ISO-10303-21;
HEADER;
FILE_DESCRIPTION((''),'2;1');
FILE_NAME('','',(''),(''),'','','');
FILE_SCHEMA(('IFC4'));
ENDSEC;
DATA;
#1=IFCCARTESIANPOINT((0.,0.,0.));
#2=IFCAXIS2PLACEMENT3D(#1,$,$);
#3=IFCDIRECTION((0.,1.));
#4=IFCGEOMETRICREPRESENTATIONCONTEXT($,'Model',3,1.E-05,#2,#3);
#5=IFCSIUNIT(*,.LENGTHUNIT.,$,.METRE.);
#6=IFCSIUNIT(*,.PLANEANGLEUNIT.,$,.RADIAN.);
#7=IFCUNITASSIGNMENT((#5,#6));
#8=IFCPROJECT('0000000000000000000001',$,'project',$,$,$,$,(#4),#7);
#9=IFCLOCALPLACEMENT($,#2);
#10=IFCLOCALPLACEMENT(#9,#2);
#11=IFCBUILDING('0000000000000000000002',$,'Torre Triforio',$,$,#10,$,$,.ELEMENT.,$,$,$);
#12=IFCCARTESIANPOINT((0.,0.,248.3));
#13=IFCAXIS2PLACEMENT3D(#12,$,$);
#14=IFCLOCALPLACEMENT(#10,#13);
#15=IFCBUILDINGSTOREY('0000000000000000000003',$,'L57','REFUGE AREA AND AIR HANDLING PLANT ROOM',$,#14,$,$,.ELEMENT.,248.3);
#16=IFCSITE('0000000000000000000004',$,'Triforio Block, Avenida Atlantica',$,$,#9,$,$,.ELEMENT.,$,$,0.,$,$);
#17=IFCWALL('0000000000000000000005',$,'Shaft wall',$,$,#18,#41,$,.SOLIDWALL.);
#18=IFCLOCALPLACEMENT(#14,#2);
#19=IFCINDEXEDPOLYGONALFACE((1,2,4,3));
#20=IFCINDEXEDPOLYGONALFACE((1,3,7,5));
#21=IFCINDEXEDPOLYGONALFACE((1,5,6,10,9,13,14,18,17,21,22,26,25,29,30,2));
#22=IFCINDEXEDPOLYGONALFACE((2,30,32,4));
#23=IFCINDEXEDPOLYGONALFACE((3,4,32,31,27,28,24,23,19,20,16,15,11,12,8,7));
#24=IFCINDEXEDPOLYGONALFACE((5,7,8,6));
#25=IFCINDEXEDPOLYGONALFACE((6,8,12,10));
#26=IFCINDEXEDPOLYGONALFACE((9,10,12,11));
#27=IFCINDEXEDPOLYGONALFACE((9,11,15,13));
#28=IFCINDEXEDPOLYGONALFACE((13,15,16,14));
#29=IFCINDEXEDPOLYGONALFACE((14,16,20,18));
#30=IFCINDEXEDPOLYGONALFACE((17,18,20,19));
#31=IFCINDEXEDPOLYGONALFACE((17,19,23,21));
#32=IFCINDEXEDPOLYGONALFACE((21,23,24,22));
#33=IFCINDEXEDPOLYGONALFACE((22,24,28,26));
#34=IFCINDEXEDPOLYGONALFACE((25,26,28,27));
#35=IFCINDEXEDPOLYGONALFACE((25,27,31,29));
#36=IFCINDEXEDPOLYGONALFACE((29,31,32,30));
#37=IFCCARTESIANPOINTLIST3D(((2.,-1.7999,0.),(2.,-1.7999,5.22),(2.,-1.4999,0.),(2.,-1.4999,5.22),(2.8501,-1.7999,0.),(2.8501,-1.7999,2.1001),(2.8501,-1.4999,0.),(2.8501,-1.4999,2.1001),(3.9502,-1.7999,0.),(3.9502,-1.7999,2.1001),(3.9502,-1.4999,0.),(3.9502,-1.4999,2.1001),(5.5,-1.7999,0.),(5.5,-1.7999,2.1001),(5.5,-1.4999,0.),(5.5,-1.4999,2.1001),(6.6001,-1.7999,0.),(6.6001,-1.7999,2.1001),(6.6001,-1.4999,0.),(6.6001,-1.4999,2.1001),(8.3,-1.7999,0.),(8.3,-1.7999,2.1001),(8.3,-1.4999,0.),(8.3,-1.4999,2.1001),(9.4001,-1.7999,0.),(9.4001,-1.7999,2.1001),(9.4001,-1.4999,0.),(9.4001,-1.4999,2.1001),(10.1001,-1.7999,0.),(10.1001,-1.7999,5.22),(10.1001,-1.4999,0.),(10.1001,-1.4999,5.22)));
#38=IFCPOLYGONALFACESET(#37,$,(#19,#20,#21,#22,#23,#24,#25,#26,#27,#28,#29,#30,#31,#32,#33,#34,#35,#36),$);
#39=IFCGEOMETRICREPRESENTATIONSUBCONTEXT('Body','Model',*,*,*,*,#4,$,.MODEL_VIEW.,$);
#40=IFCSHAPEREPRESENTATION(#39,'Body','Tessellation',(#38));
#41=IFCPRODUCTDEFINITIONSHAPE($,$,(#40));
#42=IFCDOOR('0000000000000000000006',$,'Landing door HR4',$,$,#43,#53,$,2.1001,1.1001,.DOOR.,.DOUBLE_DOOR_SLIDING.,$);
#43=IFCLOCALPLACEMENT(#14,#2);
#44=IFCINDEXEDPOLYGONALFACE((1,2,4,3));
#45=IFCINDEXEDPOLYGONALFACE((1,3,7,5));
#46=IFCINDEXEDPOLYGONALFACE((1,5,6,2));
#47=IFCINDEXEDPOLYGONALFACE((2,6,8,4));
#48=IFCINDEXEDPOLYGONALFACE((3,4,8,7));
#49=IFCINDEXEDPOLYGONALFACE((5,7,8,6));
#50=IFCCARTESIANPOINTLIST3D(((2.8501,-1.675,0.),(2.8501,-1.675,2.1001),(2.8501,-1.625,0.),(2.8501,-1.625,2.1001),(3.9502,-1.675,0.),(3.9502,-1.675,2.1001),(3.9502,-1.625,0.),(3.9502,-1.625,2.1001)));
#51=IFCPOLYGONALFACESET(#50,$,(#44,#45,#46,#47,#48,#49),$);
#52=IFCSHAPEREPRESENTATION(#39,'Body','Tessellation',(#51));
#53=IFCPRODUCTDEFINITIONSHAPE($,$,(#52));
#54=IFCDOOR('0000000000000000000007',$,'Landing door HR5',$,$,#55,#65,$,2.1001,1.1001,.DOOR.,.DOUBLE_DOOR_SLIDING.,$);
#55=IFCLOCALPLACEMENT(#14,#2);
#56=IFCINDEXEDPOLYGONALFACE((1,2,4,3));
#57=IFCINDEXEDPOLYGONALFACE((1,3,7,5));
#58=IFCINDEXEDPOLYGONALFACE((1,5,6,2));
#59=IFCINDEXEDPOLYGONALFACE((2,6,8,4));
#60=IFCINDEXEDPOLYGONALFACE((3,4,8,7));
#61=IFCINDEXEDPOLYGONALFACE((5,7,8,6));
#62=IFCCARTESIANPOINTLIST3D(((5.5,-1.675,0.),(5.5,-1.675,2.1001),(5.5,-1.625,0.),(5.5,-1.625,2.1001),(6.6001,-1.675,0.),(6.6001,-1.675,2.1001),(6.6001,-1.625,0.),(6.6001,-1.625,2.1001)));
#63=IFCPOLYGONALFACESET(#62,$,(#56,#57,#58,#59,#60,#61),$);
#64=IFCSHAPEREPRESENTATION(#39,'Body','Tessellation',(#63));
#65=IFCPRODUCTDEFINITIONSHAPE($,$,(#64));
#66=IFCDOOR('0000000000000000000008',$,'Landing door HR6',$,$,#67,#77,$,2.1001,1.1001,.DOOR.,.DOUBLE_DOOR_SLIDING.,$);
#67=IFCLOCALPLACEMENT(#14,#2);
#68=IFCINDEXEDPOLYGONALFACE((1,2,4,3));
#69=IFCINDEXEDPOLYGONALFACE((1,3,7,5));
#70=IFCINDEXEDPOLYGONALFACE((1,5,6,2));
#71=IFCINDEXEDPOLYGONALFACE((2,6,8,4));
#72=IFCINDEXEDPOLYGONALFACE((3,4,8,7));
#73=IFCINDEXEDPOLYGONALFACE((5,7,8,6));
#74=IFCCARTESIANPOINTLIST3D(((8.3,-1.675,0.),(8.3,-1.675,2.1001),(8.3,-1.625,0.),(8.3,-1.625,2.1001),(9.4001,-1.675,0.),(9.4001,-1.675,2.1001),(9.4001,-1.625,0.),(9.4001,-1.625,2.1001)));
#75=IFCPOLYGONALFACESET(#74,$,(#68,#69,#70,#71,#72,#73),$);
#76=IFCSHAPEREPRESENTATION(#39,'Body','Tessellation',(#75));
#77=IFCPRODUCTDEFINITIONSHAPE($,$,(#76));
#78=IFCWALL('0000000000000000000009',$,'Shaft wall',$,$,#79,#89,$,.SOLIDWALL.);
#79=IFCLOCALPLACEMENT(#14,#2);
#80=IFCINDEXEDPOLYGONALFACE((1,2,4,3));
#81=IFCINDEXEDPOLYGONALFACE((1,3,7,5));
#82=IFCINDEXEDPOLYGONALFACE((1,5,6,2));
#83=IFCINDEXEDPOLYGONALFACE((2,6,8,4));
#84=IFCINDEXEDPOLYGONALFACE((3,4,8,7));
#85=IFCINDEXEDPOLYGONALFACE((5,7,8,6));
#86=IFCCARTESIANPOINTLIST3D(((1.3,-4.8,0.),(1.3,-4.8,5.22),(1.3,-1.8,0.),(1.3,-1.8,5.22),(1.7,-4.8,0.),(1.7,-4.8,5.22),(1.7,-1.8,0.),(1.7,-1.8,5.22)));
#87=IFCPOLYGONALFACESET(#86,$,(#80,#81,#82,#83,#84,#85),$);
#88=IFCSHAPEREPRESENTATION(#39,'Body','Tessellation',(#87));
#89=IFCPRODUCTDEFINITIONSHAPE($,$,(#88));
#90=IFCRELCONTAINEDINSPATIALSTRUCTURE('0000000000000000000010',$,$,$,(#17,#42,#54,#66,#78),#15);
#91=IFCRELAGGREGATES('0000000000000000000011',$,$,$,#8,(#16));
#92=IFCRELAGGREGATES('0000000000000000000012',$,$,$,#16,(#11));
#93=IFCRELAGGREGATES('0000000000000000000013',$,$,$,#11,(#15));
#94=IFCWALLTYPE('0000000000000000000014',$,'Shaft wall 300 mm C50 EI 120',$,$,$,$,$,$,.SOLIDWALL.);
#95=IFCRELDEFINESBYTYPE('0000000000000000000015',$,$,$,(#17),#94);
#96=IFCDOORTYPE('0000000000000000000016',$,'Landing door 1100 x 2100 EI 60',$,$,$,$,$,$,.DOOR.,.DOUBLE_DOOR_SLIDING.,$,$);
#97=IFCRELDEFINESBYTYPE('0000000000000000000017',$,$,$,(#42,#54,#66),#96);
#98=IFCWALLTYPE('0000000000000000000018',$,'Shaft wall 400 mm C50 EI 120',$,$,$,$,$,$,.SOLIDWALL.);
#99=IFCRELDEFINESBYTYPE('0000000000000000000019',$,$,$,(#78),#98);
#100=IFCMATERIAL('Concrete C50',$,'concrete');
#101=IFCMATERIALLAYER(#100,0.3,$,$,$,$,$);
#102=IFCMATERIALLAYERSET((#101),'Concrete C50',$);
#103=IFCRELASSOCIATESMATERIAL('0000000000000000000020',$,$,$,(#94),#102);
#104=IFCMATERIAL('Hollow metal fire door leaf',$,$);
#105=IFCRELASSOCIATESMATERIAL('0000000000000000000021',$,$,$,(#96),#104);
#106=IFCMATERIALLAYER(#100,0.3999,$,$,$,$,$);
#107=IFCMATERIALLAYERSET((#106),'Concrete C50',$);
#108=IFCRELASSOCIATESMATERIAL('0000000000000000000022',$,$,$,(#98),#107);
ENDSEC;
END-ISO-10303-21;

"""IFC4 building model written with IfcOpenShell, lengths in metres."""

from ifc_helpers import new_model, si_unit, direction, frame, frame_2d, origin, place, context, subcontext, project, spatial, rectangle, extrude, material, layer, layer_set, type_object, element, fill, save


model = new_model("IFC4")

# Units and contexts
model_context = context("Model", 3, precision=1e-05, world=origin(), true_north=direction((0.0, 1.0)))
body_context = subcontext(model_context, "Body", "Model", "MODEL_VIEW")
ifc_project = project(units=[si_unit("LENGTHUNIT", "METRE"), si_unit("PLANEANGLEUNIT", "RADIAN")], contexts=[model_context])

# Site, building, storey
site_placement = place(None, origin())
site = spatial("IfcSite", under=ifc_project, at=site_placement, Name="Triforio Block, Avenida Atlantica", CompositionType="ELEMENT", RefElevation=0.0)
building_placement = place(site_placement, origin())
building = spatial("IfcBuilding", under=site, at=building_placement, Name="Torre Triforio", CompositionType="ELEMENT")
storey_placement = place(building_placement, frame((0.0, 0.0, 248.3)))
storey = spatial("IfcBuildingStorey", under=building, at=storey_placement, Name="L57", Description="REFUGE AREA AND AIR HANDLING PLANT ROOM", CompositionType="ELEMENT", Elevation=248.3)

# Shared definitions
ifc_material_1 = material(Name="Concrete C50", Category="concrete")

# Shared definitions
ifc_layer_1 = layer(ifc_material_1, 0.3)
ifc_layer_set_1 = layer_set([ifc_layer_1], Name="Concrete C50")
wall_type_1 = type_object("IfcWallType", Name="Shaft wall 300 mm C50 EI 120", PredefinedType="SOLIDWALL", material=ifc_layer_set_1)

# Wall, openings, doors
wall_1_placement = place(storey_placement, frame((2.0, -1.6499, 0.0), z_axis=(0.0, 0.0, 1.0), x_axis=(1.0, 0.0, 0.0)))
wall_1 = element("IfcWall", 1, at=wall_1_placement, inside=storey, type_object=wall_type_1, Name="Shaft wall", PredefinedType="SOLIDWALL", context=body_context, shape_type="SweptSolid", body=[
    extrude(rectangle(XDim=8.1001, YDim=0.3, at=frame_2d((4.05, 0.0))), origin(), (0.0, 0.0, 1.0), 5.22),
])
opening_1_placement = place(wall_1_placement, frame((0.8501, 0.0, 0.0)))
opening_1 = element("IfcOpeningElement", 2, at=opening_1_placement, cuts=wall_1, PredefinedType="OPENING", context=body_context, shape_type="SweptSolid", body=[
    extrude(rectangle(XDim=1.1001, YDim=2.1001, at=frame_2d((0.55, 1.05))), frame((0.0, 0.1599, 0.0), z_axis=(0.0, -1.0, 0.0), x_axis=(1.0, 0.0, 0.0)), (0.0, 0.0, 1.0), 0.3201),
])
opening_2_placement = place(wall_1_placement, frame((3.5, 0.0, 0.0)))
opening_2 = element("IfcOpeningElement", 3, at=opening_2_placement, cuts=wall_1, PredefinedType="OPENING", context=body_context, shape_type="SweptSolid", body=[
    extrude(rectangle(XDim=1.1001, YDim=2.1001, at=frame_2d((0.55, 1.05))), frame((0.0, 0.1599, 0.0), z_axis=(0.0, -1.0, 0.0), x_axis=(1.0, 0.0, 0.0)), (0.0, 0.0, 1.0), 0.3201),
])
opening_3_placement = place(wall_1_placement, frame((6.3, 0.0, 0.0)))
opening_3 = element("IfcOpeningElement", 4, at=opening_3_placement, cuts=wall_1, PredefinedType="OPENING", context=body_context, shape_type="SweptSolid", body=[
    extrude(rectangle(XDim=1.1001, YDim=2.1001, at=frame_2d((0.55, 1.05))), frame((0.0, 0.1599, 0.0), z_axis=(0.0, -1.0, 0.0), x_axis=(1.0, 0.0, 0.0)), (0.0, 0.0, 1.0), 0.3201),
])
ifc_material_2 = material(Name="Hollow metal fire door leaf")
door_type = type_object("IfcDoorType", Name="Landing door 1100 x 2100 EI 60", OperationType="DOUBLE_DOOR_SLIDING", PredefinedType="DOOR", material=ifc_material_2)
door_1_placement = place(opening_1_placement, origin())
door_1 = element("IfcDoor", 5, at=door_1_placement, inside=storey, type_object=door_type, Name="Landing door HR4", OperationType="DOUBLE_DOOR_SLIDING", OverallHeight=2.1001, OverallWidth=1.1001, PredefinedType="DOOR", context=body_context, shape_type="SweptSolid", body=[
    extrude(rectangle(XDim=1.1001, YDim=2.1001, at=frame_2d((0.55, 1.05))), frame((0.0, 0.0249, 0.0), z_axis=(0.0, -1.0, 0.0), x_axis=(1.0, 0.0, 0.0)), (0.0, 0.0, 1.0), 0.05),
])
fill(opening_1, door_1)
door_2_placement = place(opening_2_placement, origin())
door_2 = element("IfcDoor", 6, at=door_2_placement, inside=storey, type_object=door_type, Name="Landing door HR5", OperationType="DOUBLE_DOOR_SLIDING", OverallHeight=2.1001, OverallWidth=1.1001, PredefinedType="DOOR", context=body_context, shape_type="SweptSolid", body=[
    extrude(rectangle(XDim=1.1001, YDim=2.1001, at=frame_2d((0.55, 1.05))), frame((0.0, 0.0249, 0.0), z_axis=(0.0, -1.0, 0.0), x_axis=(1.0, 0.0, 0.0)), (0.0, 0.0, 1.0), 0.05),
])
fill(opening_2, door_2)
door_3_placement = place(opening_3_placement, origin())
door_3 = element("IfcDoor", 7, at=door_3_placement, inside=storey, type_object=door_type, Name="Landing door HR6", OperationType="DOUBLE_DOOR_SLIDING", OverallHeight=2.1001, OverallWidth=1.1001, PredefinedType="DOOR", context=body_context, shape_type="SweptSolid", body=[
    extrude(rectangle(XDim=1.1001, YDim=2.1001, at=frame_2d((0.55, 1.05))), frame((0.0, 0.0249, 0.0), z_axis=(0.0, -1.0, 0.0), x_axis=(1.0, 0.0, 0.0)), (0.0, 0.0, 1.0), 0.05),
])
fill(opening_3, door_3)

# Wall
ifc_layer_2 = layer(ifc_material_1, 0.3999)
ifc_layer_set_2 = layer_set([ifc_layer_2], Name="Concrete C50")
wall_type_2 = type_object("IfcWallType", Name="Shaft wall 400 mm C50 EI 120", PredefinedType="SOLIDWALL", material=ifc_layer_set_2)
wall_2_placement = place(storey_placement, frame((1.5, -4.8, 0.0), z_axis=(0.0, 0.0, 1.0), x_axis=(0.0, 1.0, 0.0)))
element("IfcWall", 8, at=wall_2_placement, inside=storey, type_object=wall_type_2, Name="Shaft wall", PredefinedType="SOLIDWALL", context=body_context, shape_type="SweptSolid", body=[
    extrude(rectangle(XDim=3.0, YDim=0.3999, at=frame_2d((1.5, 0.0))), origin(), (0.0, 0.0, 1.0), 5.22),
])

save(model, "model.ifc")
